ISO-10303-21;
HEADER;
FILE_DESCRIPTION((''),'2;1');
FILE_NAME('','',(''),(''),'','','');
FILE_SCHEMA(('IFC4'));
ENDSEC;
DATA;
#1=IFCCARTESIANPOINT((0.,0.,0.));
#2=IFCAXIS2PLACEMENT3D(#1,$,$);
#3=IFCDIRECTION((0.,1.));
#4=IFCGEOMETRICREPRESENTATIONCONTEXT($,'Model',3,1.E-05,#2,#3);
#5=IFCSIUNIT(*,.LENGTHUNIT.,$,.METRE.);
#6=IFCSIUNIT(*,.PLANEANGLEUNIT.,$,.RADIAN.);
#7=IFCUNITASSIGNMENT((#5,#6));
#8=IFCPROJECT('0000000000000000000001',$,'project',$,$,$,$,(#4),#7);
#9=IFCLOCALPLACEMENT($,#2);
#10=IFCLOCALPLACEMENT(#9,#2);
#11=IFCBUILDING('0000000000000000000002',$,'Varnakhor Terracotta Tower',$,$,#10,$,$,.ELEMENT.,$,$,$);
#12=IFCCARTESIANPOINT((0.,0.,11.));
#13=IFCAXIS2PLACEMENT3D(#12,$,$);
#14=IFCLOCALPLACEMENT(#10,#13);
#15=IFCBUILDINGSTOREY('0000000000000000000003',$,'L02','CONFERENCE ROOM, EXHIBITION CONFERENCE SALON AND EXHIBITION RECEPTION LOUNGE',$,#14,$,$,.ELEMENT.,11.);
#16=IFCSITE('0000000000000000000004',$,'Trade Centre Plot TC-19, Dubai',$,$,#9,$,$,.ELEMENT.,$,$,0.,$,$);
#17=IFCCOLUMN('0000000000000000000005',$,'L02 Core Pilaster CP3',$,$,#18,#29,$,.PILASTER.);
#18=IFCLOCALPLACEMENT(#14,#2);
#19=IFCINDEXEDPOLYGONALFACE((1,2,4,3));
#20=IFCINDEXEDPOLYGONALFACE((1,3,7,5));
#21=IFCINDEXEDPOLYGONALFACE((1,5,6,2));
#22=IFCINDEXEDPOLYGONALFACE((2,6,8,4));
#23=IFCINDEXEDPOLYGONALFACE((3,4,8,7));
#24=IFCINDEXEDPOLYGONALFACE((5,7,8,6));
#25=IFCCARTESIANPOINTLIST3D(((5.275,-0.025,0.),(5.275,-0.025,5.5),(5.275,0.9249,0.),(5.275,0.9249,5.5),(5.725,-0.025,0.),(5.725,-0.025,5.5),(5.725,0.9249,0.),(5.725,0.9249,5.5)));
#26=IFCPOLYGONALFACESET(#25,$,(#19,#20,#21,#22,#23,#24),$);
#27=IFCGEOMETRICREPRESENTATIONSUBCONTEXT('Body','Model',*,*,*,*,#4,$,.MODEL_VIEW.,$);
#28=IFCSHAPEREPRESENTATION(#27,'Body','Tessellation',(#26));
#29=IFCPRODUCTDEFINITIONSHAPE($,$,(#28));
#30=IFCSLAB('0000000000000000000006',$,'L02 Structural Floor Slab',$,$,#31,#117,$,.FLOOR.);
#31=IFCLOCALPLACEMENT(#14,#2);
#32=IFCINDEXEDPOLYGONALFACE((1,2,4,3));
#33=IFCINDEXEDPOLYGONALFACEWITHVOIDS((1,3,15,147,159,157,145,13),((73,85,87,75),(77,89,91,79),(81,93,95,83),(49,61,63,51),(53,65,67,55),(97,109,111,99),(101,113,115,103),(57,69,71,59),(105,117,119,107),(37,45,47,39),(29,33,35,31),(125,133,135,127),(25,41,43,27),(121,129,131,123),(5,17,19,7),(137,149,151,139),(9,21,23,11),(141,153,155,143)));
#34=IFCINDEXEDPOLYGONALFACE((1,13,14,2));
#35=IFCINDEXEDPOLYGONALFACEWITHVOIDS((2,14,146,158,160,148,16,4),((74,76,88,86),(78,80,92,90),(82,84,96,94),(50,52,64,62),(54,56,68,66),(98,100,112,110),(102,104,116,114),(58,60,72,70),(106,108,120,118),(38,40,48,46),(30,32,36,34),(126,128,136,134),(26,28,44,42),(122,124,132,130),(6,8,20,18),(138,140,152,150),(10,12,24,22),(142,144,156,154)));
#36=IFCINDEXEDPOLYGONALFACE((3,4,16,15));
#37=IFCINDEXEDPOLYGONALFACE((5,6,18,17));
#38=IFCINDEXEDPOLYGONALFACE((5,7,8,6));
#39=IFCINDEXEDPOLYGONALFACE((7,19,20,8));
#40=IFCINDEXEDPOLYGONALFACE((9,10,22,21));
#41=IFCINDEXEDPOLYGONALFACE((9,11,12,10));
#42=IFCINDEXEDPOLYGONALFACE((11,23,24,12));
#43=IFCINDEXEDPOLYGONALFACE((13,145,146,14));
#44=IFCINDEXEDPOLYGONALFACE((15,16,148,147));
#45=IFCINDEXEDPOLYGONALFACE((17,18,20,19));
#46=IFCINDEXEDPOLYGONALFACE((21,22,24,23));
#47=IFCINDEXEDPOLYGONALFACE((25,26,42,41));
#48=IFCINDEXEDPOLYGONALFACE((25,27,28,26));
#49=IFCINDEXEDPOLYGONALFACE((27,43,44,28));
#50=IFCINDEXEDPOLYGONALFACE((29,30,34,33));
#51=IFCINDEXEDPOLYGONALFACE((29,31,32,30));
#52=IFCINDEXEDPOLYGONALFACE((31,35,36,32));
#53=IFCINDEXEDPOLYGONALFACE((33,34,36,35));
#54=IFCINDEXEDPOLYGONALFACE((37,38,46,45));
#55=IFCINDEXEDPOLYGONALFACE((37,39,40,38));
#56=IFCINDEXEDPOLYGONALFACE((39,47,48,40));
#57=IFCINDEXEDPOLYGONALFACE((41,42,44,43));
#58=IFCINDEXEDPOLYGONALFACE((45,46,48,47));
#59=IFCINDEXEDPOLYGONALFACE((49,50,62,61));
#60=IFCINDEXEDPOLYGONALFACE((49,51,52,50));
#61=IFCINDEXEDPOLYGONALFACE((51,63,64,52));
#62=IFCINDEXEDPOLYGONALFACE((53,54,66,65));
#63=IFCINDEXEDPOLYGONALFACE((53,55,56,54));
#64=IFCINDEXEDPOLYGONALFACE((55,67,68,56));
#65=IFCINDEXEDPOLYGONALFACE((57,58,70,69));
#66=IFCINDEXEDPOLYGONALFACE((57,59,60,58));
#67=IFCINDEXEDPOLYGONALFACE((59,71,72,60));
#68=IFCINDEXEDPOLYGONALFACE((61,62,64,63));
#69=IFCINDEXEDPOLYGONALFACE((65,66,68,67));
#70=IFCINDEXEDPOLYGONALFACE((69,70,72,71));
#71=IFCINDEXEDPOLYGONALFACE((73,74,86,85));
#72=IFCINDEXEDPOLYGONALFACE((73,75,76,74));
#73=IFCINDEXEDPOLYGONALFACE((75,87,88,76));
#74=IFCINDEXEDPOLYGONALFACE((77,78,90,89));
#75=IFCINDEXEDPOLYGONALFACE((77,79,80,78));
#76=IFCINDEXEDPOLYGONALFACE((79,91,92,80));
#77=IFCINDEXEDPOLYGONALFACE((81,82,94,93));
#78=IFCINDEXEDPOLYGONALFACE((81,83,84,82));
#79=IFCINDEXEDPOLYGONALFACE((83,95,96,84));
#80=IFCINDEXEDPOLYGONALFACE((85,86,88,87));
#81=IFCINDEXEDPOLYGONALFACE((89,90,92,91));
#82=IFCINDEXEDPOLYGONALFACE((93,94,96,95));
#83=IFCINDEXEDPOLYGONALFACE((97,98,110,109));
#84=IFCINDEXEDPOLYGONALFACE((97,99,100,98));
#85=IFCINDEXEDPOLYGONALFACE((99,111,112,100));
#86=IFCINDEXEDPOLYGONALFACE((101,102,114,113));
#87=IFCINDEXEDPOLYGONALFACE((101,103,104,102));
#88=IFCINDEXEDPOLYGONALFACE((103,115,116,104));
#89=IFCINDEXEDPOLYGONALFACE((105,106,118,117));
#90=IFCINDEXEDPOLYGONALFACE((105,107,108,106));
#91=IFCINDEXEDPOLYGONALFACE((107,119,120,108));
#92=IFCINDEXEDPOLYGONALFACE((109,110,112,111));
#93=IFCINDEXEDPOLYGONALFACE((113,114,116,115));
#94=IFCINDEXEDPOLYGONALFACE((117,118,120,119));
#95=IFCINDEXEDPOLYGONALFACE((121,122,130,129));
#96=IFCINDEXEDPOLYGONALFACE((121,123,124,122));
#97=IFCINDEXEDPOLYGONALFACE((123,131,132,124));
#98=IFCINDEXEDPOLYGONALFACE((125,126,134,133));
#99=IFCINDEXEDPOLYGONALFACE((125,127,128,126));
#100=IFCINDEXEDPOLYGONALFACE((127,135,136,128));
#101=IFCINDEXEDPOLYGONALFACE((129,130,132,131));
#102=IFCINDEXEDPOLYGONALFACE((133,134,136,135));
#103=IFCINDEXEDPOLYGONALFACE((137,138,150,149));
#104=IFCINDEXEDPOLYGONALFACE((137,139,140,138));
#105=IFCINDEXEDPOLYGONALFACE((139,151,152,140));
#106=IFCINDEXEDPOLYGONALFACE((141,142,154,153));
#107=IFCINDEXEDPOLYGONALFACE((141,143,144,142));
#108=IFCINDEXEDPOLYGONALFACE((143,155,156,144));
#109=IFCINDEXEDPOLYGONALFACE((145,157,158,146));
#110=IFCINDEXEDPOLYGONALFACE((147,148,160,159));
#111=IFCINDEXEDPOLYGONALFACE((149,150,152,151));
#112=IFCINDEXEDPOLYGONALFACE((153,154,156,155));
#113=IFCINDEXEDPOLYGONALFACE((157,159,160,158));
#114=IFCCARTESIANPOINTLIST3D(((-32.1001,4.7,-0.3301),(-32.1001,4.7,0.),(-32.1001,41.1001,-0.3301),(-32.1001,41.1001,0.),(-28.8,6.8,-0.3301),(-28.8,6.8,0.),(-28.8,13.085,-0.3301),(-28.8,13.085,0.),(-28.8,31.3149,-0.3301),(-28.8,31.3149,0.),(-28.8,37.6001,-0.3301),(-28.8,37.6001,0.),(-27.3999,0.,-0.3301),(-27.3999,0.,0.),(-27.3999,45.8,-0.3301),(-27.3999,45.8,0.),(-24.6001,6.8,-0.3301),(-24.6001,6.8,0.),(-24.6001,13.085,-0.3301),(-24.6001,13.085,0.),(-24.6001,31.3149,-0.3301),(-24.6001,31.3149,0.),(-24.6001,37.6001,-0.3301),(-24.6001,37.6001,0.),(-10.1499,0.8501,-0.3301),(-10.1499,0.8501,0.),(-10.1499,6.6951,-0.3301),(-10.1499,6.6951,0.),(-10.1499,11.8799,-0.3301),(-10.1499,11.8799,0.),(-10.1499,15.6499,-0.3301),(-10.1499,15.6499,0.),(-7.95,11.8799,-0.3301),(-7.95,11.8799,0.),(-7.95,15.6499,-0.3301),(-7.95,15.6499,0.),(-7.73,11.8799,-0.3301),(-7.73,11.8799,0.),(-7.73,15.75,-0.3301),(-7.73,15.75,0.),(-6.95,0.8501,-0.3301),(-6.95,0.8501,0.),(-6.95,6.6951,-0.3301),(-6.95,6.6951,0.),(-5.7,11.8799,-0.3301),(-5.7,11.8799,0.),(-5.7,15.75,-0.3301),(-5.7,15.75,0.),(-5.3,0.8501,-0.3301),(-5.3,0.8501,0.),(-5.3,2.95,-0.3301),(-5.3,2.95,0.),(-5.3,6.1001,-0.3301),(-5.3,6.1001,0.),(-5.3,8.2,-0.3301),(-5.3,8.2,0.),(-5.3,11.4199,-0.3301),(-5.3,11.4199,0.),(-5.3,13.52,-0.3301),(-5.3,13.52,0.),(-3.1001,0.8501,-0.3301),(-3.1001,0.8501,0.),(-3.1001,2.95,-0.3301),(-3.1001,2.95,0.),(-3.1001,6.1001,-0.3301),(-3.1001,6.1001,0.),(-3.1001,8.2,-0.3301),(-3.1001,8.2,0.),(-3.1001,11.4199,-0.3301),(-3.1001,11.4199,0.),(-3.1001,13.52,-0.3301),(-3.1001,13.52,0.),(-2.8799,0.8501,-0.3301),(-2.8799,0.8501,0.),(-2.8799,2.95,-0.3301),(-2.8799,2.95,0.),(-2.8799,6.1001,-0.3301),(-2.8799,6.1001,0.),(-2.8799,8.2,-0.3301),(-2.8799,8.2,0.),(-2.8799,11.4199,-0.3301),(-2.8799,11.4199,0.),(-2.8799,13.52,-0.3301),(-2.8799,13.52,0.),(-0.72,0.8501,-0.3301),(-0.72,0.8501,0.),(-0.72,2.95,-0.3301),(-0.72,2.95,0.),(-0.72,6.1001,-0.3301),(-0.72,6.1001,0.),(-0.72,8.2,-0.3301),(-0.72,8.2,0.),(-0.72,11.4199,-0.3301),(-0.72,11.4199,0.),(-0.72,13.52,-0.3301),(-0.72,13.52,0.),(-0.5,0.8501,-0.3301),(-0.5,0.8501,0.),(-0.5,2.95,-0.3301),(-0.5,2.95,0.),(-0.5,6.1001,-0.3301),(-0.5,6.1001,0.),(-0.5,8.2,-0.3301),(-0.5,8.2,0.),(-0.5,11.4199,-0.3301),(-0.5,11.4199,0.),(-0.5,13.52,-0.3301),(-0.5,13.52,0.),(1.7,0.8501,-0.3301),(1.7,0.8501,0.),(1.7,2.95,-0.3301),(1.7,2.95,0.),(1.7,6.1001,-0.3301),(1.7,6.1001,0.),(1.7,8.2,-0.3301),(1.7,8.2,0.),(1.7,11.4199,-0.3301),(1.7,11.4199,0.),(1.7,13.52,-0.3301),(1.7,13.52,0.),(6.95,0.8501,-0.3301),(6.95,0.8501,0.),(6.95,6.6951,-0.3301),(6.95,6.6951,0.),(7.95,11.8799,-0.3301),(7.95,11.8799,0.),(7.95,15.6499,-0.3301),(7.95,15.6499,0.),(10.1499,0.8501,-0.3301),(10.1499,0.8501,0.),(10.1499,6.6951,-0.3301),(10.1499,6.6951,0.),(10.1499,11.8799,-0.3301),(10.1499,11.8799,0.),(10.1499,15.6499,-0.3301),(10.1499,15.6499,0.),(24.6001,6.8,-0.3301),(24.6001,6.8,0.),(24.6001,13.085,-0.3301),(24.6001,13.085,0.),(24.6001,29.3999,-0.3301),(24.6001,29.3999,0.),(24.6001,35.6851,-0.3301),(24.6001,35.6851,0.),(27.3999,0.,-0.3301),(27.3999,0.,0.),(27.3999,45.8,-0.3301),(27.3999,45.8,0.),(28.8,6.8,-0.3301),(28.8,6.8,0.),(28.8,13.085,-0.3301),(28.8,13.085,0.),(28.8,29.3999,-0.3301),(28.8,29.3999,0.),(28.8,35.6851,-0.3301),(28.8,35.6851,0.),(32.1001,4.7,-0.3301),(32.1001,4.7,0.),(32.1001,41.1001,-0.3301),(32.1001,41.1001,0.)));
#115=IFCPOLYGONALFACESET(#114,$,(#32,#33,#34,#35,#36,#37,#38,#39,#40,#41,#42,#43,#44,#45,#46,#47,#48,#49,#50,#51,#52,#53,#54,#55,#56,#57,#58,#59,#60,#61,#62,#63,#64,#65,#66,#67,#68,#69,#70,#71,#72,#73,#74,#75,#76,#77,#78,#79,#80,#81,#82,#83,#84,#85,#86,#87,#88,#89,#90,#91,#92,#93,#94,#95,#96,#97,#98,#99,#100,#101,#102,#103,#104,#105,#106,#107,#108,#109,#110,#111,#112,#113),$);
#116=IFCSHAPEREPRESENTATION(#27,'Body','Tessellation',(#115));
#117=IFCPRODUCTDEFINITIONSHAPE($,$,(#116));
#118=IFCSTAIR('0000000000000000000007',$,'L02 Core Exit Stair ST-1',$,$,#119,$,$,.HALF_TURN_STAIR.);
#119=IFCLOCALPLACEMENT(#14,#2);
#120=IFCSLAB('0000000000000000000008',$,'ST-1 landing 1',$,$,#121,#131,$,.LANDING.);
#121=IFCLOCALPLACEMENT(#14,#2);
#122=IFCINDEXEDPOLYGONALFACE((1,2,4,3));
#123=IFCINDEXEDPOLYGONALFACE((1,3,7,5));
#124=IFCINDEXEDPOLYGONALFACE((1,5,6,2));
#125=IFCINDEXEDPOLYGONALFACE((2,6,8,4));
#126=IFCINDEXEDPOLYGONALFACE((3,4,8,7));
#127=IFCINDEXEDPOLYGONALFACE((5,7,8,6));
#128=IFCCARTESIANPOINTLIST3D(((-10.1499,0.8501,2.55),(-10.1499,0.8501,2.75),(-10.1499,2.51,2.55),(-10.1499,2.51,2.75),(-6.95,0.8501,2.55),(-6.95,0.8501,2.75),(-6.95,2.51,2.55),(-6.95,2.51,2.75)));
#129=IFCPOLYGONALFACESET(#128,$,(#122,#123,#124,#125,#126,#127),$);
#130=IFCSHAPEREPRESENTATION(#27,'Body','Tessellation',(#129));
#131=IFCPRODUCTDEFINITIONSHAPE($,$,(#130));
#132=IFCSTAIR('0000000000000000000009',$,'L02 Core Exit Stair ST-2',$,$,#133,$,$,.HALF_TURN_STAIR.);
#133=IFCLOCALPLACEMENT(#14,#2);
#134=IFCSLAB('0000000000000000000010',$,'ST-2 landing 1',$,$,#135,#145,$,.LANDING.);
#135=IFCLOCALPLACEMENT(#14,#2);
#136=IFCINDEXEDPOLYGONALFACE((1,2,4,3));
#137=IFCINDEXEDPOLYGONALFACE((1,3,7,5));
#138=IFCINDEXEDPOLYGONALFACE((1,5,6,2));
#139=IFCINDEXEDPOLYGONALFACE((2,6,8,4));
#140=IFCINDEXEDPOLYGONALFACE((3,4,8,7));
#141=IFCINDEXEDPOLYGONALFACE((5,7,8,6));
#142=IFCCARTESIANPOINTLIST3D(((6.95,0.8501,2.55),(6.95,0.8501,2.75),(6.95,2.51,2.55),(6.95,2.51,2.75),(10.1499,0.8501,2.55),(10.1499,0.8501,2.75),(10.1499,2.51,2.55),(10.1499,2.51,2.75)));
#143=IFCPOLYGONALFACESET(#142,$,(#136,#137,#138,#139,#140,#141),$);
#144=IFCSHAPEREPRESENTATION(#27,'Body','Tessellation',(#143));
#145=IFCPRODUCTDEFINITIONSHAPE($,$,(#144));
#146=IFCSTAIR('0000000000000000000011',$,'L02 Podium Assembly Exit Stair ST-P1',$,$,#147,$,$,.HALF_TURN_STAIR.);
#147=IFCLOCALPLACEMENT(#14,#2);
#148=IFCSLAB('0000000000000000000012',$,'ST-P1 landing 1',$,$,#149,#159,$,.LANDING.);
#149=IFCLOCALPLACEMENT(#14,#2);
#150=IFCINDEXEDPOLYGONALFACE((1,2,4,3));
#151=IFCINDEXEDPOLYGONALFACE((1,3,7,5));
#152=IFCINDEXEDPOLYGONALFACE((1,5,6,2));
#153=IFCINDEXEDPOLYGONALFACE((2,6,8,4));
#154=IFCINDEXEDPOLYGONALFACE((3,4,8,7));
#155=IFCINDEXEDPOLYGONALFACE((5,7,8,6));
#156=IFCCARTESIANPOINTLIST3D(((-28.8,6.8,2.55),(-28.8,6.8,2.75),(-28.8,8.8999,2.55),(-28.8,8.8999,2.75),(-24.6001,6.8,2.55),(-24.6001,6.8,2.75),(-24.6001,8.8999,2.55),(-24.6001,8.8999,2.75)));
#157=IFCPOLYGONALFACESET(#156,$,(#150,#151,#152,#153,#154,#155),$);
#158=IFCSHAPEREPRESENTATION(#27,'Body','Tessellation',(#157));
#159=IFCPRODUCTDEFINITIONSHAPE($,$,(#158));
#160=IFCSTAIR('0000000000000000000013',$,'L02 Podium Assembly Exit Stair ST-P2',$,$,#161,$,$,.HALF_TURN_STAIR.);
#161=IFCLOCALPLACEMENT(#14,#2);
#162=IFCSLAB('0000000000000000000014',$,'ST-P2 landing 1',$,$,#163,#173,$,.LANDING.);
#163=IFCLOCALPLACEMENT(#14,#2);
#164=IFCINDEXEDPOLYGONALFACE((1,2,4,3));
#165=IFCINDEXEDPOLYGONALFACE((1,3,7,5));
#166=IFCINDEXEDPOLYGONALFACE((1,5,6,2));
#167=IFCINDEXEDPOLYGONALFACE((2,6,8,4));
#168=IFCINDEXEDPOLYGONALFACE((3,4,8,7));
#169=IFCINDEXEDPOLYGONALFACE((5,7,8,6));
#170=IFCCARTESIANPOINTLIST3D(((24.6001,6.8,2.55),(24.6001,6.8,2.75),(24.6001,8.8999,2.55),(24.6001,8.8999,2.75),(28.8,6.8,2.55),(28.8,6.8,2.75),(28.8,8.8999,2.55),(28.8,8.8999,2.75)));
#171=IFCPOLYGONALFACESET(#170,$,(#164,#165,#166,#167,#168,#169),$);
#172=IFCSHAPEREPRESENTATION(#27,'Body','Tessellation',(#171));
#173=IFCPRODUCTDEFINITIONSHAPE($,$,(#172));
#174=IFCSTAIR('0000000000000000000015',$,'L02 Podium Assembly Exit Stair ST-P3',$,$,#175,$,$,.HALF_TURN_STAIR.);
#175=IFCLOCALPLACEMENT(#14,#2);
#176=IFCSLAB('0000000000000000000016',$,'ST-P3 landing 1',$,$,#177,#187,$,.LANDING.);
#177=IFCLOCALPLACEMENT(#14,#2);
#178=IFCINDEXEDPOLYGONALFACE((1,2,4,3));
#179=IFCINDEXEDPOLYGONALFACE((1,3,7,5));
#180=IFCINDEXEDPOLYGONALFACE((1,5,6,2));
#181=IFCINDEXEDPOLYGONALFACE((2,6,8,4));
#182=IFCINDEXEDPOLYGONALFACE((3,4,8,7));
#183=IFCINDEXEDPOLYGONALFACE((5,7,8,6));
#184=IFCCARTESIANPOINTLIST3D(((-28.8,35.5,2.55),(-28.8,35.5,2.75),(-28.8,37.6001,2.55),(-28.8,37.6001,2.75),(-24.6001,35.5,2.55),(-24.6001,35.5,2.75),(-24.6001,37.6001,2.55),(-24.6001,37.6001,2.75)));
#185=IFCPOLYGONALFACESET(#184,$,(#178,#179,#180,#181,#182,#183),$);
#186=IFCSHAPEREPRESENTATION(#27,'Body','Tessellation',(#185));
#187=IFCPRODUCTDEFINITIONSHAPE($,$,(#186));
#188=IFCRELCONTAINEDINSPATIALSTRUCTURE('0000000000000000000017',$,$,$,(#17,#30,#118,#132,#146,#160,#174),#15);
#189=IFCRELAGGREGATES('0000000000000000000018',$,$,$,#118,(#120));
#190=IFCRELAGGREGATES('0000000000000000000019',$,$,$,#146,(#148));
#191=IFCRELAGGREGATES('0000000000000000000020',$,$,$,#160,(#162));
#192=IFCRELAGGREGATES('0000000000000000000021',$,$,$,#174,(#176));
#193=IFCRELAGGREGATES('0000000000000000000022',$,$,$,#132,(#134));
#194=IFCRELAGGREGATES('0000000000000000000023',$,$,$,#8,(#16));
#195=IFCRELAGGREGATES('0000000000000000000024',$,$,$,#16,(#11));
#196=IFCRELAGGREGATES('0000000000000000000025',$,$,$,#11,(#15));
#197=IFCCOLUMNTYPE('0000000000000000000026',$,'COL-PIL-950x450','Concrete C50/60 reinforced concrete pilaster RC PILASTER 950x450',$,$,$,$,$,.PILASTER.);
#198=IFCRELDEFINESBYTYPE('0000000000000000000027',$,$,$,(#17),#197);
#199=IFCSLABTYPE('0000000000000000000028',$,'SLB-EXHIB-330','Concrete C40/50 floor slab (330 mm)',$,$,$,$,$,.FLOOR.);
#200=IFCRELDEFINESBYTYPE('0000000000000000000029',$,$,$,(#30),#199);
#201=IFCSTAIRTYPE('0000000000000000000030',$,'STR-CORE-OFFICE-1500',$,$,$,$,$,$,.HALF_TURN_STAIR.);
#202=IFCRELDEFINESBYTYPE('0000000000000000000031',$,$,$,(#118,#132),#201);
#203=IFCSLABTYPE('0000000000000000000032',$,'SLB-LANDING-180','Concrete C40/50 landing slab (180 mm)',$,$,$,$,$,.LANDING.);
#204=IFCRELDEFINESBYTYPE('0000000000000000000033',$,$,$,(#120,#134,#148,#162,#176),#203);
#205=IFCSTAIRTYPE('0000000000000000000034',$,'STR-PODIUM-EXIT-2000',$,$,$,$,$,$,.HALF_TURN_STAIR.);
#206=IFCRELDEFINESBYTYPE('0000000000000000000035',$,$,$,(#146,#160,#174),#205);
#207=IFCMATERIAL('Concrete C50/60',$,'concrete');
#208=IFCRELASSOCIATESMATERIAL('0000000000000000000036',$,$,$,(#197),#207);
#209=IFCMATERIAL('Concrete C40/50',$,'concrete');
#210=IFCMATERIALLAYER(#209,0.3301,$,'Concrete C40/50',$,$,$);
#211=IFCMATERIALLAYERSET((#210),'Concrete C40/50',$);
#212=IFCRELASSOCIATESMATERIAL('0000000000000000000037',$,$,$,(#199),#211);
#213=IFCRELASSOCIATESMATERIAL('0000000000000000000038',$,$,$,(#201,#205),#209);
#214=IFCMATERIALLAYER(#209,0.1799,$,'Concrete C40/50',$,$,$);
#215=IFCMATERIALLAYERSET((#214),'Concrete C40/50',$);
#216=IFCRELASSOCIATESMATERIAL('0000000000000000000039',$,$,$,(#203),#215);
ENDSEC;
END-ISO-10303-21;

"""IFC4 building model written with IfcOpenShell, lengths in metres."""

from ifc_helpers import new_model, si_unit, direction, frame, origin, origin_2d, place, context, subcontext, project, spatial, polyline, rectangle, outline, extrude, source, transform, mapped, material, layer, layer_set, material_profile, profile_set, type_object, element, aggregate, save


model = new_model("IFC4")

# Units and contexts
model_context = context("Model", 3, precision=1e-05, world=origin(), true_north=direction((0.0, 1.0)))
body_context = subcontext(model_context, "Body", "Model", "MODEL_VIEW")
ifc_project = project(units=[si_unit("LENGTHUNIT", "METRE"), si_unit("PLANEANGLEUNIT", "RADIAN")], contexts=[model_context])

# Site, building, storey
site_placement = place(None, origin())
site = spatial("IfcSite", under=ifc_project, at=site_placement, Name="Trade Centre Plot TC-19, Dubai", CompositionType="ELEMENT", RefElevation=0.0)
building_placement = place(site_placement, origin())
building = spatial("IfcBuilding", under=site, at=building_placement, Name="Varnakhor Terracotta Tower", CompositionType="ELEMENT")
storey_placement = place(building_placement, frame((0.0, 0.0, 11.0)))
storey = spatial("IfcBuildingStorey", under=building, at=storey_placement, Name="L02", Description="CONFERENCE ROOM, EXHIBITION CONFERENCE SALON AND EXHIBITION RECEPTION LOUNGE", CompositionType="ELEMENT", Elevation=11.0)

# Column
ifc_material_1 = material(Name="Concrete C50/60", Category="concrete")
ifc_material_profile = material_profile(ifc_material_1, rectangle(XDim=0.45, YDim=0.95, at=origin_2d()), Name="RC PILASTER 950x450")
ifc_profile_set = profile_set([ifc_material_profile], Name="Concrete C50/60")
column_type = type_object("IfcColumnType", Name="COL-PIL-950x450", Description="Concrete C50/60 reinforced concrete pilaster RC PILASTER 950x450", PredefinedType="PILASTER", material=ifc_profile_set)
shared_shape_1 = source(origin(), body_context, "Body", "SweptSolid", [
    extrude(rectangle(XDim=0.45, YDim=0.95, at=origin_2d()), origin(), (0.0, 0.0, 1.0), 5.5),
])
column_placement = place(storey_placement, frame((5.5, 0.45, 0.0), z_axis=(0.0, 0.0, 1.0), x_axis=(1.0, 0.0, 0.0)))
element("IfcColumn", 1, at=column_placement, inside=storey, type_object=column_type, Name="L02 Core Pilaster CP3", PredefinedType="PILASTER", context=body_context, shape_type="MappedRepresentation", body=[
    mapped(shared_shape_1, transform((0.0, 0.0, 0.0), scale=1.0)),
])

# Slab
ifc_material_2 = material(Name="Concrete C40/50", Category="concrete")
ifc_layer_1 = layer(ifc_material_2, 0.3301, Name="Concrete C40/50")
ifc_layer_set_1 = layer_set([ifc_layer_1], Name="Concrete C40/50")
slab_type_1 = type_object("IfcSlabType", Name="SLB-EXHIB-330", Description="Concrete C40/50 floor slab (330 mm)", PredefinedType="FLOOR", material=ifc_layer_set_1)
slab_1_placement = place(storey_placement, frame((0.0, 0.0, -0.3301)))
element("IfcSlab", 2, at=slab_1_placement, inside=storey, type_object=slab_type_1, Name="L02 Structural Floor Slab", PredefinedType="FLOOR", context=body_context, shape_type="SweptSolid", body=[
    extrude(outline(polyline([(-32.1001, 4.7), (-32.1001, 41.1001), (-27.3999, 45.8), (27.3999, 45.8), (32.1001, 41.1001), (32.1001, 4.7), (27.3999, 0.0), (-27.3999, 0.0), (-32.1001, 4.7)]), holes=[polyline([(-5.3, 0.8501), (-3.1001, 0.8501), (-3.1001, 2.95), (-5.3, 2.95), (-5.3, 0.8501)]), polyline([(-10.1499, 0.8501), (-6.95, 0.8501), (-6.95, 6.6951), (-10.1499, 6.6951), (-10.1499, 0.8501)]), polyline([(-5.3, 6.1001), (-3.1001, 6.1001), (-3.1001, 8.2), (-5.3, 8.2), (-5.3, 6.1001)]), polyline([(-28.8, 6.8), (-24.6001, 6.8), (-24.6001, 13.085), (-28.8, 13.085), (-28.8, 6.8)]), polyline([(-5.3, 11.4199), (-3.1001, 11.4199), (-3.1001, 13.52), (-5.3, 13.52), (-5.3, 11.4199)]), polyline([(-2.8799, 11.4199), (-0.72, 11.4199), (-0.72, 13.52), (-2.8799, 13.52), (-2.8799, 11.4199)]), polyline([(-10.1499, 11.8799), (-7.95, 11.8799), (-7.95, 15.6499), (-10.1499, 15.6499), (-10.1499, 11.8799)]), polyline([(-7.73, 15.75), (-7.73, 11.8799), (-5.7, 11.8799), (-5.7, 15.75), (-7.73, 15.75)]), polyline([(-28.8, 37.6001), (-28.8, 31.3149), (-24.6001, 31.3149), (-24.6001, 37.6001), (-28.8, 37.6001)]), polyline([(-2.8799, 0.8501), (-0.72, 0.8501), (-0.72, 2.95), (-2.8799, 2.95), (-2.8799, 0.8501)]), polyline([(-0.5, 0.8501), (1.7, 0.8501), (1.7, 2.95), (-0.5, 2.95), (-0.5, 0.8501)]), polyline([(6.95, 0.8501), (10.1499, 0.8501), (10.1499, 6.6951), (6.95, 6.6951), (6.95, 0.8501)]), polyline([(-2.8799, 6.1001), (-0.72, 6.1001), (-0.72, 8.2), (-2.8799, 8.2), (-2.8799, 6.1001)]), polyline([(-0.5, 6.1001), (1.7, 6.1001), (1.7, 8.2), (-0.5, 8.2), (-0.5, 6.1001)]), polyline([(24.6001, 6.8), (28.8, 6.8), (28.8, 13.085), (24.6001, 13.085), (24.6001, 6.8)]), polyline([(-0.5, 11.4199), (1.7, 11.4199), (1.7, 13.52), (-0.5, 13.52), (-0.5, 11.4199)]), polyline([(7.95, 15.6499), (7.95, 11.8799), (10.1499, 11.8799), (10.1499, 15.6499), (7.95, 15.6499)]), polyline([(24.6001, 35.6851), (24.6001, 29.3999), (28.8, 29.3999), (28.8, 35.6851), (24.6001, 35.6851)])]), origin(), (0.0, 0.0, 1.0), 0.3301),
])

# Stairs, slabs
stair_type_1 = type_object("IfcStairType", Name="STR-CORE-OFFICE-1500", PredefinedType="HALF_TURN_STAIR", material=ifc_material_2)
stair_1_placement = place(storey_placement, origin())
stair_1 = element("IfcStair", 3, at=stair_1_placement, inside=storey, type_object=stair_type_1, Name="L02 Core Exit Stair ST-1", PredefinedType="HALF_TURN_STAIR")
ifc_layer_2 = layer(ifc_material_2, 0.1799, Name="Concrete C40/50")
ifc_layer_set_2 = layer_set([ifc_layer_2], Name="Concrete C40/50")
slab_type_2 = type_object("IfcSlabType", Name="SLB-LANDING-180", Description="Concrete C40/50 landing slab (180 mm)", PredefinedType="LANDING", material=ifc_layer_set_2)
slab_2_placement = place(storey_placement, frame((0.0, 0.0, 2.55)))
slab_2 = element("IfcSlab", 4, at=slab_2_placement, type_object=slab_type_2, Name="ST-1 landing 1", PredefinedType="LANDING", context=body_context, shape_type="SweptSolid", body=[
    extrude(outline(polyline([(-10.1499, 2.51), (-10.1499, 0.8501), (-6.95, 0.8501), (-6.95, 2.51), (-10.1499, 2.51)])), origin(), (0.0, 0.0, 1.0), 0.2),
])
aggregate(stair_1, [slab_2])
stair_2_placement = place(storey_placement, origin())
stair_2 = element("IfcStair", 5, at=stair_2_placement, inside=storey, type_object=stair_type_1, Name="L02 Core Exit Stair ST-2", PredefinedType="HALF_TURN_STAIR")
slab_3_placement = place(storey_placement, frame((0.0, 0.0, 2.55)))
slab_3 = element("IfcSlab", 6, at=slab_3_placement, type_object=slab_type_2, Name="ST-2 landing 1", PredefinedType="LANDING", context=body_context, shape_type="SweptSolid", body=[
    extrude(outline(polyline([(6.95, 2.51), (6.95, 0.8501), (10.1499, 0.8501), (10.1499, 2.51), (6.95, 2.51)])), origin(), (0.0, 0.0, 1.0), 0.2),
])
stair_type_2 = type_object("IfcStairType", Name="STR-PODIUM-EXIT-2000", PredefinedType="HALF_TURN_STAIR", material=ifc_material_2)
stair_3_placement = place(storey_placement, origin())
stair_3 = element("IfcStair", 7, at=stair_3_placement, inside=storey, type_object=stair_type_2, Name="L02 Podium Assembly Exit Stair ST-P1", PredefinedType="HALF_TURN_STAIR")
slab_4_placement = place(storey_placement, frame((0.0, 0.0, 2.55)))
slab_4 = element("IfcSlab", 8, at=slab_4_placement, type_object=slab_type_2, Name="ST-P1 landing 1", PredefinedType="LANDING", context=body_context, shape_type="SweptSolid", body=[
    extrude(outline(polyline([(-28.8, 8.8999), (-28.8, 6.8), (-24.6001, 6.8), (-24.6001, 8.8999), (-28.8, 8.8999)])), origin(), (0.0, 0.0, 1.0), 0.2),
])
aggregate(stair_3, [slab_4])
stair_4_placement = place(storey_placement, origin())
stair_4 = element("IfcStair", 9, at=stair_4_placement, inside=storey, type_object=stair_type_2, Name="L02 Podium Assembly Exit Stair ST-P2", PredefinedType="HALF_TURN_STAIR")
slab_5_placement = place(storey_placement, frame((0.0, 0.0, 2.55)))
slab_5 = element("IfcSlab", 10, at=slab_5_placement, type_object=slab_type_2, Name="ST-P2 landing 1", PredefinedType="LANDING", context=body_context, shape_type="SweptSolid", body=[
    extrude(outline(polyline([(24.6001, 8.8999), (24.6001, 6.8), (28.8, 6.8), (28.8, 8.8999), (24.6001, 8.8999)])), origin(), (0.0, 0.0, 1.0), 0.2),
])
aggregate(stair_4, [slab_5])
stair_5_placement = place(storey_placement, origin())
stair_5 = element("IfcStair", 11, at=stair_5_placement, inside=storey, type_object=stair_type_2, Name="L02 Podium Assembly Exit Stair ST-P3", PredefinedType="HALF_TURN_STAIR")
slab_6_placement = place(storey_placement, frame((0.0, 0.0, 2.55)))
slab_6 = element("IfcSlab", 12, at=slab_6_placement, type_object=slab_type_2, Name="ST-P3 landing 1", PredefinedType="LANDING", context=body_context, shape_type="SweptSolid", body=[
    extrude(outline(polyline([(-24.6001, 35.5), (-24.6001, 37.6001), (-28.8, 37.6001), (-28.8, 35.5), (-24.6001, 35.5)])), origin(), (0.0, 0.0, 1.0), 0.2),
])
aggregate(stair_5, [slab_6])

aggregate(stair_2, [slab_3])

save(model, "model.ifc")
